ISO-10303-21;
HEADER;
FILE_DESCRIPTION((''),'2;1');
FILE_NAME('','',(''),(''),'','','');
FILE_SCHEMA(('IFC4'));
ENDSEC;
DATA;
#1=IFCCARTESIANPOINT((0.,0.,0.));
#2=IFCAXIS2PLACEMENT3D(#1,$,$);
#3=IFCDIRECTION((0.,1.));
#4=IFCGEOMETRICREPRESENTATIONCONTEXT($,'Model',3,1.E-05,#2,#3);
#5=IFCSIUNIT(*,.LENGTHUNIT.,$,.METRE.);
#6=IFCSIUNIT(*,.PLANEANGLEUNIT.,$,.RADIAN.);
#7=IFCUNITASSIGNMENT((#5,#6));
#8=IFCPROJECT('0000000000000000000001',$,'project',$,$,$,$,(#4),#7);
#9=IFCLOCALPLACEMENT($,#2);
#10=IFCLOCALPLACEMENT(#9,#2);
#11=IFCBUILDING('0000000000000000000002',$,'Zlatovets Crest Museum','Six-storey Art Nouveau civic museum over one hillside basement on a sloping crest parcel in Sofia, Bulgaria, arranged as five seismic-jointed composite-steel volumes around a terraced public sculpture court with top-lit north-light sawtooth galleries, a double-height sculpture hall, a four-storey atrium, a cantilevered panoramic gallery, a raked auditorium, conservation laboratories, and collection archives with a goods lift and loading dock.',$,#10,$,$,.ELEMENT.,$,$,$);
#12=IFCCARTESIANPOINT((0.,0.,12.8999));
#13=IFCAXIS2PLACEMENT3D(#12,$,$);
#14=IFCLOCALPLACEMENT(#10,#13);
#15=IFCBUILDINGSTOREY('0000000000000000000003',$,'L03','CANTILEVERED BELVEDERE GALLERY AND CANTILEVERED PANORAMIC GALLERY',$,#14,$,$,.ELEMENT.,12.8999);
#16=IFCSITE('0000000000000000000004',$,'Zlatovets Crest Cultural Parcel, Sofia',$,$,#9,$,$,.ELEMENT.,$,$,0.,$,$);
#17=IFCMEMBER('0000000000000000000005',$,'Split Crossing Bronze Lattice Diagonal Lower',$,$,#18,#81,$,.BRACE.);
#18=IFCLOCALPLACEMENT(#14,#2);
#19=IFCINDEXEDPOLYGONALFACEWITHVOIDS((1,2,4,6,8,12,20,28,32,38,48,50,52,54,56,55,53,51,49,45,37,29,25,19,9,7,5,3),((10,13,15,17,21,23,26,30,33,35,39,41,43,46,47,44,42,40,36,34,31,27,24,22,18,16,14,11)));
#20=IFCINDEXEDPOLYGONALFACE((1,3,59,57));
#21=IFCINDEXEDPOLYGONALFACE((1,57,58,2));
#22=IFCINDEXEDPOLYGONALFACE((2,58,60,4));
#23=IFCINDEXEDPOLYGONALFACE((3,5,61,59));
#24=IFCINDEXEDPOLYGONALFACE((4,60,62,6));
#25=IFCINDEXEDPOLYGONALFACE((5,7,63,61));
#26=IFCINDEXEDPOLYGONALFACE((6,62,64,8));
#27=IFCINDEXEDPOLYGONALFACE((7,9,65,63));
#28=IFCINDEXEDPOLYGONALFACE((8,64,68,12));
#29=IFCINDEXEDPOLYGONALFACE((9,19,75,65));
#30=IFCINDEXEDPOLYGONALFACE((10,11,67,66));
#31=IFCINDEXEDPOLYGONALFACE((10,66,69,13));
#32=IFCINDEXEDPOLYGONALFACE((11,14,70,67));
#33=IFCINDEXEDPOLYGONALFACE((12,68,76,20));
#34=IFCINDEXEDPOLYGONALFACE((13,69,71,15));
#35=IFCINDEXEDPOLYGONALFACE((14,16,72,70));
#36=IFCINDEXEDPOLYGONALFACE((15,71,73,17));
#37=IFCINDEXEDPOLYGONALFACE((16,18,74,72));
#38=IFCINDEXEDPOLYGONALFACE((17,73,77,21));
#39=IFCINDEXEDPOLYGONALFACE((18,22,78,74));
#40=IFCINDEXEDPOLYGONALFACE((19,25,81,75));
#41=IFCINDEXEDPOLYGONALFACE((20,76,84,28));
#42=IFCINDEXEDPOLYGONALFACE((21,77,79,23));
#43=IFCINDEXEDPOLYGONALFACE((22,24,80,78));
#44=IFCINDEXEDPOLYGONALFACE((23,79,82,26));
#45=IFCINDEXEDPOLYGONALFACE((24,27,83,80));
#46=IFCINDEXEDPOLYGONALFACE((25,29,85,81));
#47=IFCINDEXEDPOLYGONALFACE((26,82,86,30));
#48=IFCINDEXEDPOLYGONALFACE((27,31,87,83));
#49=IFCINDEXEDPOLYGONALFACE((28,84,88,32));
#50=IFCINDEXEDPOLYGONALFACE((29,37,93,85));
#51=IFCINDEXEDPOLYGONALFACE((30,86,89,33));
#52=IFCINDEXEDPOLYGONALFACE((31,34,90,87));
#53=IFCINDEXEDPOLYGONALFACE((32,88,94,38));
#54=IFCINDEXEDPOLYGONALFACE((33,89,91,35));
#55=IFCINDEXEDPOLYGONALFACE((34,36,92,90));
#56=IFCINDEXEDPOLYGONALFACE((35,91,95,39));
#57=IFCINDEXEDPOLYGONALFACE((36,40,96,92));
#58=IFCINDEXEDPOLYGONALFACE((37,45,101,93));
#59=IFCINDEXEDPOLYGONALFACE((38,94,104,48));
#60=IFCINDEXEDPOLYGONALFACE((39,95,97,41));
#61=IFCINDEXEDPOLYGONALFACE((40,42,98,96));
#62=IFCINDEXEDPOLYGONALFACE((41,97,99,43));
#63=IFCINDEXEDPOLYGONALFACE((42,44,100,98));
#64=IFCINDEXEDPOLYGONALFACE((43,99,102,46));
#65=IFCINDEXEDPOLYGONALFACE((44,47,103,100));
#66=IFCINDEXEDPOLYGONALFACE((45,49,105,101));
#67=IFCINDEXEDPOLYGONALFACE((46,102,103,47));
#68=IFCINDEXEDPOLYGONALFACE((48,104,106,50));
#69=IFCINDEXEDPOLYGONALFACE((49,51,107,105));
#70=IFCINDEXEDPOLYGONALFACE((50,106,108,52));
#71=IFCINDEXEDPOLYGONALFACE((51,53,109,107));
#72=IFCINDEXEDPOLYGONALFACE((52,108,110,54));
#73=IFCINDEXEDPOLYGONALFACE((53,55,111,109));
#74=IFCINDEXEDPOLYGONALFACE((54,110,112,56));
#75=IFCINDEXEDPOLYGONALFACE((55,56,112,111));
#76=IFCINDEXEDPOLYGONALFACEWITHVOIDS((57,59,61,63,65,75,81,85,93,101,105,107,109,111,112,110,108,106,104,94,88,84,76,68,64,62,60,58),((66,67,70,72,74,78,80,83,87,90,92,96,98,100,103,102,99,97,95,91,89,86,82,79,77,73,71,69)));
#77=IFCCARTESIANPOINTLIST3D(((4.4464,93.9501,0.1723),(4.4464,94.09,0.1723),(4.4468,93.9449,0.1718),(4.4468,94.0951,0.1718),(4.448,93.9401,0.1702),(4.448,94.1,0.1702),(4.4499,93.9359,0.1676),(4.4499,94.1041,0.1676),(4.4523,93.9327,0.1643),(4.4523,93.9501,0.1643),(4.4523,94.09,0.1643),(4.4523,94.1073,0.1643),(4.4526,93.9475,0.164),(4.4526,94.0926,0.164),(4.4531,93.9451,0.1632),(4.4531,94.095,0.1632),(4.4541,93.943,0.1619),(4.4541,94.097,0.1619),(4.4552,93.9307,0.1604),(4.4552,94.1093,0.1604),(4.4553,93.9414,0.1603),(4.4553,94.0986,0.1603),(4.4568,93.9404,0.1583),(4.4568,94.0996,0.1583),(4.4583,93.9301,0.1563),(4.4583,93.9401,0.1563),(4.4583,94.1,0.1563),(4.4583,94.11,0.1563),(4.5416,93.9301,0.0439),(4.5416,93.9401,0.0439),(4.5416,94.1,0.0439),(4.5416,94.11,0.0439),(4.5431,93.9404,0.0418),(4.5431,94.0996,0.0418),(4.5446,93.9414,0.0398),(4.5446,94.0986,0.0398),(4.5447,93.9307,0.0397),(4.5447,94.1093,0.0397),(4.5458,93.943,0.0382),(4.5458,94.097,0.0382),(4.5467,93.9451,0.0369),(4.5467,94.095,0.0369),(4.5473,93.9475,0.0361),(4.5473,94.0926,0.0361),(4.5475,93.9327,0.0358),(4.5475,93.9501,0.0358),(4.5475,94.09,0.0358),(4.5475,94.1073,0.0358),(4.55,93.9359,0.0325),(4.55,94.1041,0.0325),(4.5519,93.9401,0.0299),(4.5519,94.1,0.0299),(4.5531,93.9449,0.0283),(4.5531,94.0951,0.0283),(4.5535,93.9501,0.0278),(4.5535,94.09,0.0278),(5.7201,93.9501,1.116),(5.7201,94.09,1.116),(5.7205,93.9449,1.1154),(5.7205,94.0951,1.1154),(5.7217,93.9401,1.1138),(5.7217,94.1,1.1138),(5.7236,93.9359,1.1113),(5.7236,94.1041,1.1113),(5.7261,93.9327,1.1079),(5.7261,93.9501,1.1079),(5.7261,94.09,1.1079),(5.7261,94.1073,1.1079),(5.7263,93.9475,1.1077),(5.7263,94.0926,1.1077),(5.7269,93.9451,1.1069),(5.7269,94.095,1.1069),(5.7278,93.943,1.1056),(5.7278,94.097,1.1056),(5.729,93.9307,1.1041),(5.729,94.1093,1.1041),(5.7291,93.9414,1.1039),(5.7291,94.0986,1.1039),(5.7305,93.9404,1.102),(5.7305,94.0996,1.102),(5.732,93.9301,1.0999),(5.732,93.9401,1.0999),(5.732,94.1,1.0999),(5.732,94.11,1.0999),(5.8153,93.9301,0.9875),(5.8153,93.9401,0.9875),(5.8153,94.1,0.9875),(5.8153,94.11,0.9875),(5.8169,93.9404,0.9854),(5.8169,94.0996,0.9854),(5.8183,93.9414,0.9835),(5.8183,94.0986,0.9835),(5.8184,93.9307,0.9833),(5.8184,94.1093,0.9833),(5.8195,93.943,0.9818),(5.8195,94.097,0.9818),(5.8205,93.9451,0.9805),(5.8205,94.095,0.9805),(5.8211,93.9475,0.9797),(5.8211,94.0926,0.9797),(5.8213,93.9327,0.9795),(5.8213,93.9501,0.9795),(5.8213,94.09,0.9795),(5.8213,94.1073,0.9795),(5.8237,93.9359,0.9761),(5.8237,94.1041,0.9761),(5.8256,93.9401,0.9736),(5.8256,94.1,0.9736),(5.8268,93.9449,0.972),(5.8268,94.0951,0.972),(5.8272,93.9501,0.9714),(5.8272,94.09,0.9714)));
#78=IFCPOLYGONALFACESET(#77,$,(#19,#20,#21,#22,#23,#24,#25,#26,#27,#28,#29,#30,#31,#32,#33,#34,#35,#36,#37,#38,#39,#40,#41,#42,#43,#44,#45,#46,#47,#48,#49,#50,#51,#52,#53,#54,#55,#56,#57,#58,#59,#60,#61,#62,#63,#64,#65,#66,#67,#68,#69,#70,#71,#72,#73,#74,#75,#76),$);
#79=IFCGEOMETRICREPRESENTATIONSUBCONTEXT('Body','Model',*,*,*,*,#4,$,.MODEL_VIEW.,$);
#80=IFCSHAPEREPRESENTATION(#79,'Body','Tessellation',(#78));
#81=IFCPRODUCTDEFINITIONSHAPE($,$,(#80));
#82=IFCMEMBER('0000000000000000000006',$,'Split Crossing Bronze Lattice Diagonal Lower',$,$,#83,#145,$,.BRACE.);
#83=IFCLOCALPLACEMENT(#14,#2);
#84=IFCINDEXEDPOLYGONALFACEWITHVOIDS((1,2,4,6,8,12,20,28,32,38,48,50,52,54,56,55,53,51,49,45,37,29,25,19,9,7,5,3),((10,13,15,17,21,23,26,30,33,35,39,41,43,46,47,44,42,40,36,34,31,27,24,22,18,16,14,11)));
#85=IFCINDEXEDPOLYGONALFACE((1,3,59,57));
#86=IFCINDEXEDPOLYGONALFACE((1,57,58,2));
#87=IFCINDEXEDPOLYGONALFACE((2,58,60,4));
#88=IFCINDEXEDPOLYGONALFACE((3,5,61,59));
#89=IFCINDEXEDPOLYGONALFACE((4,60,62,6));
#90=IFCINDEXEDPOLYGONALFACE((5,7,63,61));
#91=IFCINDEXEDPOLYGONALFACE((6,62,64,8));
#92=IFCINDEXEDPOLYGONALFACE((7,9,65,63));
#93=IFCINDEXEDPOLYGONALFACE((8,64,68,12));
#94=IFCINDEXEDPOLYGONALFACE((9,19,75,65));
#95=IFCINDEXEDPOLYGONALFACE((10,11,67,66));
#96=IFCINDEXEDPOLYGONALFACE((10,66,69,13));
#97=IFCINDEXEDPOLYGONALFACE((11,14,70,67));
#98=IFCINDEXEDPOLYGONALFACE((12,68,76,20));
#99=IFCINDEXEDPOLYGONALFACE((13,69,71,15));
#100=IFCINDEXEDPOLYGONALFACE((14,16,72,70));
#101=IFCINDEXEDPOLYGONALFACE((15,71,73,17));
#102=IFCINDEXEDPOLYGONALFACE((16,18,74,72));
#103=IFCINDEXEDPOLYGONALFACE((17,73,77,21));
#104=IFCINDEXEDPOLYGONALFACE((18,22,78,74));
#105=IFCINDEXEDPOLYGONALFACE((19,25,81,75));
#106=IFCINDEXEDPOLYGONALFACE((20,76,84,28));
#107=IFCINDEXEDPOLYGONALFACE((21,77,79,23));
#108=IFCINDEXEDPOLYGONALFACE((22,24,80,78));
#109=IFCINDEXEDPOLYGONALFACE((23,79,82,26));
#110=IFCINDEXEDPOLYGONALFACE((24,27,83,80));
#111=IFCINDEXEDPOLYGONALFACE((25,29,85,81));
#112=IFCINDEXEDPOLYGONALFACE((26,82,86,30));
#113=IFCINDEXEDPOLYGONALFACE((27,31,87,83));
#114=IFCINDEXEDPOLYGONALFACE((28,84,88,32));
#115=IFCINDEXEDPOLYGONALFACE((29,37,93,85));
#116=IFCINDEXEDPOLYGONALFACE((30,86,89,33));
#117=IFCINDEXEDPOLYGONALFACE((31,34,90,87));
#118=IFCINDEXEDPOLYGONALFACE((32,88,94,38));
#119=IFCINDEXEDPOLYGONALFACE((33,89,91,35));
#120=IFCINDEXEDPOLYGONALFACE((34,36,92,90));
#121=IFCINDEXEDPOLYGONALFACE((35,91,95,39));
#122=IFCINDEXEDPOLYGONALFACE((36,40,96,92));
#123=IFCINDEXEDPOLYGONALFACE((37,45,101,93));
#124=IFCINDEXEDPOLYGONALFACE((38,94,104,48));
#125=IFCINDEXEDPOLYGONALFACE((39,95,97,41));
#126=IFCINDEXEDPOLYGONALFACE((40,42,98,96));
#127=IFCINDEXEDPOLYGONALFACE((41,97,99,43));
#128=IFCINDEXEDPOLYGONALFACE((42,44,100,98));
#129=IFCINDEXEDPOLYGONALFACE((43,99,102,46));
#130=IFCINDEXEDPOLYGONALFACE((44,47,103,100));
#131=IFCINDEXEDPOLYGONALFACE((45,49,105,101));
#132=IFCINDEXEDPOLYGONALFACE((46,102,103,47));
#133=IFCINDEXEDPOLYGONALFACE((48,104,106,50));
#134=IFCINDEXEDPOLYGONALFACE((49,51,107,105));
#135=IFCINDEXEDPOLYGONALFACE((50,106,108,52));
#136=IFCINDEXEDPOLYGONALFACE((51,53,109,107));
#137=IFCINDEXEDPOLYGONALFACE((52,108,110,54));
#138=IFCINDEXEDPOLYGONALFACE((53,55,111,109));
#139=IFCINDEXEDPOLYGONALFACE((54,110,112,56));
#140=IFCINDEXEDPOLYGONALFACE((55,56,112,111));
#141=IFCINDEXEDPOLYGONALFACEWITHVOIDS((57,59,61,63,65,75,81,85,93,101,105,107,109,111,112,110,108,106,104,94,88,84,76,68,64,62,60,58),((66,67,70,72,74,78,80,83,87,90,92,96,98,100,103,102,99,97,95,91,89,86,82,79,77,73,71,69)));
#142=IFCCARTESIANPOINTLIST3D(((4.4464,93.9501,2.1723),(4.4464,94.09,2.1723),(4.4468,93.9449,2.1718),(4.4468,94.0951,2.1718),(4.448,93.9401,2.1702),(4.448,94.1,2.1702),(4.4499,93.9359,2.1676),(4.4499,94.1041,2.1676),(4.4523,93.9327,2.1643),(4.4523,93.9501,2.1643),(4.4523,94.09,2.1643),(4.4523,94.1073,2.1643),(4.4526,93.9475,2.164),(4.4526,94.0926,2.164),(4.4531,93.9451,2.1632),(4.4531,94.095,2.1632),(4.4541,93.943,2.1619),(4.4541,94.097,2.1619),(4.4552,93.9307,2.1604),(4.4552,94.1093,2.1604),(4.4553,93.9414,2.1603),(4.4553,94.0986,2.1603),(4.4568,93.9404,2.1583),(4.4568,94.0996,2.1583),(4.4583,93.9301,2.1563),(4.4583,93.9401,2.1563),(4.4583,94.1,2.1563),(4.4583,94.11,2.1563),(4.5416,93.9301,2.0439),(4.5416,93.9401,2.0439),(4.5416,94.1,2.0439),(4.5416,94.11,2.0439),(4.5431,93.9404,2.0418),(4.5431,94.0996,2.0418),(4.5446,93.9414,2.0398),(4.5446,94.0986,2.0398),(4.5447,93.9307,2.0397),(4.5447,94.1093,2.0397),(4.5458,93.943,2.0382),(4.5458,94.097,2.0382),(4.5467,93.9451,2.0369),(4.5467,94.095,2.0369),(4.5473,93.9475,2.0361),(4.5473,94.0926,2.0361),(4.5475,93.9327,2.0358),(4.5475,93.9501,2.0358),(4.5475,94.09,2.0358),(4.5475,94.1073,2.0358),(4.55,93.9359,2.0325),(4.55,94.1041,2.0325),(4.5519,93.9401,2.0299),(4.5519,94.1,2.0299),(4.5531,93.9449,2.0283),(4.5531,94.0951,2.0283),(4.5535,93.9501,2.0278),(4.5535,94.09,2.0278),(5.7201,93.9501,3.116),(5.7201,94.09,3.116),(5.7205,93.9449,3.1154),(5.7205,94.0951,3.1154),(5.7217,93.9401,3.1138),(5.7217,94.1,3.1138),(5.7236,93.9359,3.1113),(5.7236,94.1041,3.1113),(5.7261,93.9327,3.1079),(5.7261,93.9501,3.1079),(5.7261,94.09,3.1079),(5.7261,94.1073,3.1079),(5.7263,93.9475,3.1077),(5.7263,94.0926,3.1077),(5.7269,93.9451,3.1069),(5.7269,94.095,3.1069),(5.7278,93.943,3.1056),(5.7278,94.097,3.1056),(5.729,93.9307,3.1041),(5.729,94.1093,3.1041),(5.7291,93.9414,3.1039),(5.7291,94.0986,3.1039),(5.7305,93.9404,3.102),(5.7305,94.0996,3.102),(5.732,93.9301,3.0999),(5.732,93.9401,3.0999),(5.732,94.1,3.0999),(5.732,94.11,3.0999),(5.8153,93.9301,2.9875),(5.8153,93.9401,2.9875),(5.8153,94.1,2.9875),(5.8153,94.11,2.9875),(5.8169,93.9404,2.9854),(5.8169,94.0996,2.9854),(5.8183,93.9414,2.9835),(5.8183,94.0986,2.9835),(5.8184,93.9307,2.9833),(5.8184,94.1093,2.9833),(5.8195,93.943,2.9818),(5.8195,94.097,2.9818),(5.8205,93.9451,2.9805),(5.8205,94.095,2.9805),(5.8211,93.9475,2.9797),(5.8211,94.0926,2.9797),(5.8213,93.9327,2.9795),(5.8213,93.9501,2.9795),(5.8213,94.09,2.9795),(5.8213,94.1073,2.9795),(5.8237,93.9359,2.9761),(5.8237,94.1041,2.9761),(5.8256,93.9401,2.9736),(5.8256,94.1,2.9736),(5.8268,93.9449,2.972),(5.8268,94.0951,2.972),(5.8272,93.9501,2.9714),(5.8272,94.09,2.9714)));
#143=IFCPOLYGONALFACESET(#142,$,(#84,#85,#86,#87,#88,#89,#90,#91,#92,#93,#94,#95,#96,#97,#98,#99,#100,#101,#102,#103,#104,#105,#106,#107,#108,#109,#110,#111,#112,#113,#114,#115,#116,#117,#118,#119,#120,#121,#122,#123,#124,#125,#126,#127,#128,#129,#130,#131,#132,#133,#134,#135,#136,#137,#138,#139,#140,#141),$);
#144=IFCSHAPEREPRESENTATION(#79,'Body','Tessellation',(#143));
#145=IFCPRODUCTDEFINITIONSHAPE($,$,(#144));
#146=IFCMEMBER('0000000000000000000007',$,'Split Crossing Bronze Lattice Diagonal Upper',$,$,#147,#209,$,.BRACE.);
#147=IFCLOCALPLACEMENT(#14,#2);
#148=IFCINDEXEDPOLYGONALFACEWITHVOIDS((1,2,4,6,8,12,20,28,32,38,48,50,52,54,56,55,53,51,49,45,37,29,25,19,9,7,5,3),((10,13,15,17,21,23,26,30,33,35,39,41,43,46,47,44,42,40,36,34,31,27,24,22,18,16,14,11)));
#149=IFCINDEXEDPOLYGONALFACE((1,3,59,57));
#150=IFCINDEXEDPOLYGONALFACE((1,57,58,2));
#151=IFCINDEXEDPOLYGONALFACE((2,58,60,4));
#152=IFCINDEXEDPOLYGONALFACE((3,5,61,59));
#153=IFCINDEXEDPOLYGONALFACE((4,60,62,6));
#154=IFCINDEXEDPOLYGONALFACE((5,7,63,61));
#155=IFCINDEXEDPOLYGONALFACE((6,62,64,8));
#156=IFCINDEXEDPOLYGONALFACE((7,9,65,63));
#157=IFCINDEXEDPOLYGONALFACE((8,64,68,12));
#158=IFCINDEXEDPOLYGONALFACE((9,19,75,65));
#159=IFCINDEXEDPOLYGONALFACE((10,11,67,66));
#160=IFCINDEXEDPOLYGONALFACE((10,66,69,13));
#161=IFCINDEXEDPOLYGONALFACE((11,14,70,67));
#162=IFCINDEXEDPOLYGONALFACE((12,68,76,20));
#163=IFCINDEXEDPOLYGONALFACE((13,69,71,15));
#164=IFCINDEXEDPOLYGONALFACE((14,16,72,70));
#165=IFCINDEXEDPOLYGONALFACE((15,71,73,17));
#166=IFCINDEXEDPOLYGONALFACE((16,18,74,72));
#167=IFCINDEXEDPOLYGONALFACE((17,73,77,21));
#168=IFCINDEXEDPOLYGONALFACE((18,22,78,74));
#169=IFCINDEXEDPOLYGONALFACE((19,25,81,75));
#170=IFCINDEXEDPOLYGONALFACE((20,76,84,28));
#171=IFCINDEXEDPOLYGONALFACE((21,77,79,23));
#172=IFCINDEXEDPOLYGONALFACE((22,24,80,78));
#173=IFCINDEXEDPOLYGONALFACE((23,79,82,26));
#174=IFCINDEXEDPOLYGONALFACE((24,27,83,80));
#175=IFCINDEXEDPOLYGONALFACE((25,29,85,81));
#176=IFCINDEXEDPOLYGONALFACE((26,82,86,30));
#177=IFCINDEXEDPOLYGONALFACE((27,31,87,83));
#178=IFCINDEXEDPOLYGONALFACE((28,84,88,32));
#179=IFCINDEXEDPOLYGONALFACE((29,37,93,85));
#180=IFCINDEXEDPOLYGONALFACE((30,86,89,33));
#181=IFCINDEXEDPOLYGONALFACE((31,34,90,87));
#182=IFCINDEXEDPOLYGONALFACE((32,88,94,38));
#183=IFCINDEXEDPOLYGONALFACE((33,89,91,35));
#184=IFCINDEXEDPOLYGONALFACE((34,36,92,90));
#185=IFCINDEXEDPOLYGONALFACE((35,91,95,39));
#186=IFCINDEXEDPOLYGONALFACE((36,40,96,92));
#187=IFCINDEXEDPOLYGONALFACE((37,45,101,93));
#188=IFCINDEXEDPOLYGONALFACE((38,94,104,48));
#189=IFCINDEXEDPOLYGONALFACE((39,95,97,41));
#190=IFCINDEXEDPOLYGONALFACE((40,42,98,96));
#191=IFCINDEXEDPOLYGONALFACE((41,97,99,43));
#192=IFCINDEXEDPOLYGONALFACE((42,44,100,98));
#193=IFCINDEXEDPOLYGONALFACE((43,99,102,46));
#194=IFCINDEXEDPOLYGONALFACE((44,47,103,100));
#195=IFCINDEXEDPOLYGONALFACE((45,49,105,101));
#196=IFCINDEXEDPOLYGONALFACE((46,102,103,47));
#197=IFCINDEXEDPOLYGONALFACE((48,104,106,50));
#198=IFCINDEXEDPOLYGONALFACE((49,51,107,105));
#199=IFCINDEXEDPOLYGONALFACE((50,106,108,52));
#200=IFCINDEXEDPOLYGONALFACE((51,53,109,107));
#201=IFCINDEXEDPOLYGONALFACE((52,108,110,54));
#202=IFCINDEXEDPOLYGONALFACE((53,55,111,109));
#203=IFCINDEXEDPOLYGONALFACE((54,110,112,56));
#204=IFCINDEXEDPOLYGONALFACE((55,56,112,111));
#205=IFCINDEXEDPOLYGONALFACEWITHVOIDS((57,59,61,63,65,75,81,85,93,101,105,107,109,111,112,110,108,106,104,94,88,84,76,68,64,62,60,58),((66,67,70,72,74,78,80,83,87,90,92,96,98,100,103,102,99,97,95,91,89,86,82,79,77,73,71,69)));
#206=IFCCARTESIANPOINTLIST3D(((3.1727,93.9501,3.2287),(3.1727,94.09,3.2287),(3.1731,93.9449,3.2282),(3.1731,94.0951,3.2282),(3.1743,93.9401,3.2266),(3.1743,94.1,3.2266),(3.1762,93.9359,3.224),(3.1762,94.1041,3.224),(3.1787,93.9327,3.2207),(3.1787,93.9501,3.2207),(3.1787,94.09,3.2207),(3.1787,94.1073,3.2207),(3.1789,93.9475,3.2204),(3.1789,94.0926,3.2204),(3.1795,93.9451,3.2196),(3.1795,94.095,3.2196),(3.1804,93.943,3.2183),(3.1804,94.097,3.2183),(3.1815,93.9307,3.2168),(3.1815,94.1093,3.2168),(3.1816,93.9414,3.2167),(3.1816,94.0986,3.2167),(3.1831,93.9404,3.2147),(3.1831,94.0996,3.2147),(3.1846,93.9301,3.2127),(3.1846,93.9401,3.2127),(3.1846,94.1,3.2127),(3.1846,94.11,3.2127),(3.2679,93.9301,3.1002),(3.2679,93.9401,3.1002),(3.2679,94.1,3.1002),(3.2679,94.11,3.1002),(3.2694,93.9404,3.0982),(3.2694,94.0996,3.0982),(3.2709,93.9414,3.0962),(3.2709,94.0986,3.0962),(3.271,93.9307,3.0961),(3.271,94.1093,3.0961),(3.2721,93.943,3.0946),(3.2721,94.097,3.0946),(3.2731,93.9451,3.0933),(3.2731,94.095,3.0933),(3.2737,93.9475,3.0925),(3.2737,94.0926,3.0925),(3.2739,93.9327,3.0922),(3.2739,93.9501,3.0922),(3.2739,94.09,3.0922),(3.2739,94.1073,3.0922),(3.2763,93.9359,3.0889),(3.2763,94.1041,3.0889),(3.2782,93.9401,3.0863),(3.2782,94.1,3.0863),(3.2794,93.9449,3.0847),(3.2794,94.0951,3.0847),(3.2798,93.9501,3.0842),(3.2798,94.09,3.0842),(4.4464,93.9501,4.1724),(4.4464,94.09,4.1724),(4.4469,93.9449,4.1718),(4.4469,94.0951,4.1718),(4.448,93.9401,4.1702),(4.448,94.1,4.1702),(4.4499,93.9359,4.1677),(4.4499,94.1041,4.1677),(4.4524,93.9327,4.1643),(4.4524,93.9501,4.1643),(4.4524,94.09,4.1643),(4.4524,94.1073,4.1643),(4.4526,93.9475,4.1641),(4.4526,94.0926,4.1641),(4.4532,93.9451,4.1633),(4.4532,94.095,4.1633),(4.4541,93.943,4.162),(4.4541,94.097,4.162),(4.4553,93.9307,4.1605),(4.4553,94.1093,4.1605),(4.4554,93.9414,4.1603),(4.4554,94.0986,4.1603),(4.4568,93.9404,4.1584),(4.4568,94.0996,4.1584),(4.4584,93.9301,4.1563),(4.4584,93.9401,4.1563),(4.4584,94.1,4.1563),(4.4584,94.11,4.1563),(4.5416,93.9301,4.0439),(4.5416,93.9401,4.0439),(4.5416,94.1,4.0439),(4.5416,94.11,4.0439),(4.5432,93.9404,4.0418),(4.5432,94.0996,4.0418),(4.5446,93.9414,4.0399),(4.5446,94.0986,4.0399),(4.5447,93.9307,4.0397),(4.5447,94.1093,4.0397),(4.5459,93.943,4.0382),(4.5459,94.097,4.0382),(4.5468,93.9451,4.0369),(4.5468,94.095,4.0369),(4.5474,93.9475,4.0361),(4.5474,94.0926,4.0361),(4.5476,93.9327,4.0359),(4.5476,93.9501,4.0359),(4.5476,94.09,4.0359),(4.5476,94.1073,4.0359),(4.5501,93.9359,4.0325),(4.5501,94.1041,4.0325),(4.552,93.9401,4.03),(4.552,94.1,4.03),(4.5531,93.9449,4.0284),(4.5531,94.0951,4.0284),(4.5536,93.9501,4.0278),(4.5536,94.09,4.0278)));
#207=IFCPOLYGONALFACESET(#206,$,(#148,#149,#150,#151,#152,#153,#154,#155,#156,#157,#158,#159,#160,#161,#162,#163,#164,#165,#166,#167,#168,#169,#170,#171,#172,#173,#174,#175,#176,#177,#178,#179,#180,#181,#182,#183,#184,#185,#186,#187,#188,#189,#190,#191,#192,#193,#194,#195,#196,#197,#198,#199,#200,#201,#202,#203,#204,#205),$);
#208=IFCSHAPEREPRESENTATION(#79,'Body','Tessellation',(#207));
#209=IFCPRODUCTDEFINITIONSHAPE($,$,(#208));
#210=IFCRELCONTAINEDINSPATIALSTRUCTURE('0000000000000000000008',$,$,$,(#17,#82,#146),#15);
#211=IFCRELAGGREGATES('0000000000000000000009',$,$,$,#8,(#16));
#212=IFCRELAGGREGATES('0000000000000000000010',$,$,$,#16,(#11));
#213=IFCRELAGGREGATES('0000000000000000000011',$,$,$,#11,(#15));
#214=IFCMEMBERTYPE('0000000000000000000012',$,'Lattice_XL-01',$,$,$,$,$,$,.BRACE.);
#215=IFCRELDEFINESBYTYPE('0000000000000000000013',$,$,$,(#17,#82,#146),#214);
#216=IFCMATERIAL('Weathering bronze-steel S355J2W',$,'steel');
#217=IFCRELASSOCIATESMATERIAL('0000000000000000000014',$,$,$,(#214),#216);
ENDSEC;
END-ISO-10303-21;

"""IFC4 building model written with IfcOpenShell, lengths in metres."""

from ifc_helpers import new_model, si_unit, direction, frame, origin, origin_2d, place, context, subcontext, project, spatial, hollow_rectangle, extrude, material, material_profile, profile_set, type_object, element, save


model = new_model("IFC4")

# Units and contexts
model_context = context("Model", 3, precision=1e-05, world=origin(), true_north=direction((0.0, 1.0)))
body_context = subcontext(model_context, "Body", "Model", "MODEL_VIEW")
ifc_project = project(units=[si_unit("LENGTHUNIT", "METRE"), si_unit("PLANEANGLEUNIT", "RADIAN")], contexts=[model_context])

# Site, building, storey
site_placement = place(None, origin())
site = spatial("IfcSite", under=ifc_project, at=site_placement, Name="Zlatovets Crest Cultural Parcel, Sofia", CompositionType="ELEMENT", RefElevation=0.0)
building_placement = place(site_placement, origin())
building = spatial("IfcBuilding", under=site, at=building_placement, Name="Zlatovets Crest Museum", Description="Six-storey Art Nouveau civic museum over one hillside basement on a sloping crest parcel in Sofia, Bulgaria, arranged as five seismic-jointed composite-steel volumes around a terraced public sculpture court with top-lit north-light sawtooth galleries, a double-height sculpture hall, a four-storey atrium, a cantilevered panoramic gallery, a raked auditorium, conservation laboratories, and collection archives with a goods lift and loading dock.", CompositionType="ELEMENT")
storey_placement = place(building_placement, frame((0.0, 0.0, 12.8999)))
storey = spatial("IfcBuildingStorey", under=building, at=storey_placement, Name="L03", Description="CANTILEVERED BELVEDERE GALLERY AND CANTILEVERED PANORAMIC GALLERY", CompositionType="ELEMENT", Elevation=12.8999)

# Members
ifc_material_1 = material(Name="Weathering bronze-steel S355J2W", Category="steel")
ifc_material_profile_1 = material_profile(ifc_material_1, hollow_rectangle(XDim=0.1799, YDim=0.1799, WallThickness=0.01, InnerFilletRadius=0.01, OuterFilletRadius=0.02, at=origin_2d()), Name="SHS 180x180x10.0")
ifc_profile_set_1 = profile_set([ifc_material_profile_1], Name="Weathering bronze-steel S355J2W")
member_type_1 = type_object("IfcMemberType", Name="Lattice_XL-01", PredefinedType="BRACE", material=ifc_profile_set_1)
for number, where, z_axis, x_axis, name in (
    (1, (5.7737, 94.02, 1.0437), (-0.803516, 0.0, -0.595283), (0.0, -1.0, 0.0), "Split Crossing Bronze Lattice Diagonal Lower"),
    (2, (5.7737, 94.02, 3.0437), (-0.803516, 0.0, -0.595283), (0.0, -1.0, 0.0), "Split Crossing Bronze Lattice Diagonal Lower"),
    (3, (4.5, 94.02, 4.1001), (-0.803516, 0.0, -0.595283), (0.0, -1.0, 0.0), "Split Crossing Bronze Lattice Diagonal Upper"),
):
    element("IfcMember", number, at=place(storey_placement, frame(where, z_axis=z_axis, x_axis=x_axis)), inside=storey, type_object=member_type_1, Name=name, PredefinedType="BRACE", context=body_context, shape_type="SweptSolid", body=[
        extrude(hollow_rectangle(XDim=0.1799, YDim=0.1799, WallThickness=0.01, InnerFilletRadius=0.01, OuterFilletRadius=0.02, at=origin_2d()), origin(), (0.0, 0.0, 1.0), 1.5852),
    ])

save(model, "model.ifc")
